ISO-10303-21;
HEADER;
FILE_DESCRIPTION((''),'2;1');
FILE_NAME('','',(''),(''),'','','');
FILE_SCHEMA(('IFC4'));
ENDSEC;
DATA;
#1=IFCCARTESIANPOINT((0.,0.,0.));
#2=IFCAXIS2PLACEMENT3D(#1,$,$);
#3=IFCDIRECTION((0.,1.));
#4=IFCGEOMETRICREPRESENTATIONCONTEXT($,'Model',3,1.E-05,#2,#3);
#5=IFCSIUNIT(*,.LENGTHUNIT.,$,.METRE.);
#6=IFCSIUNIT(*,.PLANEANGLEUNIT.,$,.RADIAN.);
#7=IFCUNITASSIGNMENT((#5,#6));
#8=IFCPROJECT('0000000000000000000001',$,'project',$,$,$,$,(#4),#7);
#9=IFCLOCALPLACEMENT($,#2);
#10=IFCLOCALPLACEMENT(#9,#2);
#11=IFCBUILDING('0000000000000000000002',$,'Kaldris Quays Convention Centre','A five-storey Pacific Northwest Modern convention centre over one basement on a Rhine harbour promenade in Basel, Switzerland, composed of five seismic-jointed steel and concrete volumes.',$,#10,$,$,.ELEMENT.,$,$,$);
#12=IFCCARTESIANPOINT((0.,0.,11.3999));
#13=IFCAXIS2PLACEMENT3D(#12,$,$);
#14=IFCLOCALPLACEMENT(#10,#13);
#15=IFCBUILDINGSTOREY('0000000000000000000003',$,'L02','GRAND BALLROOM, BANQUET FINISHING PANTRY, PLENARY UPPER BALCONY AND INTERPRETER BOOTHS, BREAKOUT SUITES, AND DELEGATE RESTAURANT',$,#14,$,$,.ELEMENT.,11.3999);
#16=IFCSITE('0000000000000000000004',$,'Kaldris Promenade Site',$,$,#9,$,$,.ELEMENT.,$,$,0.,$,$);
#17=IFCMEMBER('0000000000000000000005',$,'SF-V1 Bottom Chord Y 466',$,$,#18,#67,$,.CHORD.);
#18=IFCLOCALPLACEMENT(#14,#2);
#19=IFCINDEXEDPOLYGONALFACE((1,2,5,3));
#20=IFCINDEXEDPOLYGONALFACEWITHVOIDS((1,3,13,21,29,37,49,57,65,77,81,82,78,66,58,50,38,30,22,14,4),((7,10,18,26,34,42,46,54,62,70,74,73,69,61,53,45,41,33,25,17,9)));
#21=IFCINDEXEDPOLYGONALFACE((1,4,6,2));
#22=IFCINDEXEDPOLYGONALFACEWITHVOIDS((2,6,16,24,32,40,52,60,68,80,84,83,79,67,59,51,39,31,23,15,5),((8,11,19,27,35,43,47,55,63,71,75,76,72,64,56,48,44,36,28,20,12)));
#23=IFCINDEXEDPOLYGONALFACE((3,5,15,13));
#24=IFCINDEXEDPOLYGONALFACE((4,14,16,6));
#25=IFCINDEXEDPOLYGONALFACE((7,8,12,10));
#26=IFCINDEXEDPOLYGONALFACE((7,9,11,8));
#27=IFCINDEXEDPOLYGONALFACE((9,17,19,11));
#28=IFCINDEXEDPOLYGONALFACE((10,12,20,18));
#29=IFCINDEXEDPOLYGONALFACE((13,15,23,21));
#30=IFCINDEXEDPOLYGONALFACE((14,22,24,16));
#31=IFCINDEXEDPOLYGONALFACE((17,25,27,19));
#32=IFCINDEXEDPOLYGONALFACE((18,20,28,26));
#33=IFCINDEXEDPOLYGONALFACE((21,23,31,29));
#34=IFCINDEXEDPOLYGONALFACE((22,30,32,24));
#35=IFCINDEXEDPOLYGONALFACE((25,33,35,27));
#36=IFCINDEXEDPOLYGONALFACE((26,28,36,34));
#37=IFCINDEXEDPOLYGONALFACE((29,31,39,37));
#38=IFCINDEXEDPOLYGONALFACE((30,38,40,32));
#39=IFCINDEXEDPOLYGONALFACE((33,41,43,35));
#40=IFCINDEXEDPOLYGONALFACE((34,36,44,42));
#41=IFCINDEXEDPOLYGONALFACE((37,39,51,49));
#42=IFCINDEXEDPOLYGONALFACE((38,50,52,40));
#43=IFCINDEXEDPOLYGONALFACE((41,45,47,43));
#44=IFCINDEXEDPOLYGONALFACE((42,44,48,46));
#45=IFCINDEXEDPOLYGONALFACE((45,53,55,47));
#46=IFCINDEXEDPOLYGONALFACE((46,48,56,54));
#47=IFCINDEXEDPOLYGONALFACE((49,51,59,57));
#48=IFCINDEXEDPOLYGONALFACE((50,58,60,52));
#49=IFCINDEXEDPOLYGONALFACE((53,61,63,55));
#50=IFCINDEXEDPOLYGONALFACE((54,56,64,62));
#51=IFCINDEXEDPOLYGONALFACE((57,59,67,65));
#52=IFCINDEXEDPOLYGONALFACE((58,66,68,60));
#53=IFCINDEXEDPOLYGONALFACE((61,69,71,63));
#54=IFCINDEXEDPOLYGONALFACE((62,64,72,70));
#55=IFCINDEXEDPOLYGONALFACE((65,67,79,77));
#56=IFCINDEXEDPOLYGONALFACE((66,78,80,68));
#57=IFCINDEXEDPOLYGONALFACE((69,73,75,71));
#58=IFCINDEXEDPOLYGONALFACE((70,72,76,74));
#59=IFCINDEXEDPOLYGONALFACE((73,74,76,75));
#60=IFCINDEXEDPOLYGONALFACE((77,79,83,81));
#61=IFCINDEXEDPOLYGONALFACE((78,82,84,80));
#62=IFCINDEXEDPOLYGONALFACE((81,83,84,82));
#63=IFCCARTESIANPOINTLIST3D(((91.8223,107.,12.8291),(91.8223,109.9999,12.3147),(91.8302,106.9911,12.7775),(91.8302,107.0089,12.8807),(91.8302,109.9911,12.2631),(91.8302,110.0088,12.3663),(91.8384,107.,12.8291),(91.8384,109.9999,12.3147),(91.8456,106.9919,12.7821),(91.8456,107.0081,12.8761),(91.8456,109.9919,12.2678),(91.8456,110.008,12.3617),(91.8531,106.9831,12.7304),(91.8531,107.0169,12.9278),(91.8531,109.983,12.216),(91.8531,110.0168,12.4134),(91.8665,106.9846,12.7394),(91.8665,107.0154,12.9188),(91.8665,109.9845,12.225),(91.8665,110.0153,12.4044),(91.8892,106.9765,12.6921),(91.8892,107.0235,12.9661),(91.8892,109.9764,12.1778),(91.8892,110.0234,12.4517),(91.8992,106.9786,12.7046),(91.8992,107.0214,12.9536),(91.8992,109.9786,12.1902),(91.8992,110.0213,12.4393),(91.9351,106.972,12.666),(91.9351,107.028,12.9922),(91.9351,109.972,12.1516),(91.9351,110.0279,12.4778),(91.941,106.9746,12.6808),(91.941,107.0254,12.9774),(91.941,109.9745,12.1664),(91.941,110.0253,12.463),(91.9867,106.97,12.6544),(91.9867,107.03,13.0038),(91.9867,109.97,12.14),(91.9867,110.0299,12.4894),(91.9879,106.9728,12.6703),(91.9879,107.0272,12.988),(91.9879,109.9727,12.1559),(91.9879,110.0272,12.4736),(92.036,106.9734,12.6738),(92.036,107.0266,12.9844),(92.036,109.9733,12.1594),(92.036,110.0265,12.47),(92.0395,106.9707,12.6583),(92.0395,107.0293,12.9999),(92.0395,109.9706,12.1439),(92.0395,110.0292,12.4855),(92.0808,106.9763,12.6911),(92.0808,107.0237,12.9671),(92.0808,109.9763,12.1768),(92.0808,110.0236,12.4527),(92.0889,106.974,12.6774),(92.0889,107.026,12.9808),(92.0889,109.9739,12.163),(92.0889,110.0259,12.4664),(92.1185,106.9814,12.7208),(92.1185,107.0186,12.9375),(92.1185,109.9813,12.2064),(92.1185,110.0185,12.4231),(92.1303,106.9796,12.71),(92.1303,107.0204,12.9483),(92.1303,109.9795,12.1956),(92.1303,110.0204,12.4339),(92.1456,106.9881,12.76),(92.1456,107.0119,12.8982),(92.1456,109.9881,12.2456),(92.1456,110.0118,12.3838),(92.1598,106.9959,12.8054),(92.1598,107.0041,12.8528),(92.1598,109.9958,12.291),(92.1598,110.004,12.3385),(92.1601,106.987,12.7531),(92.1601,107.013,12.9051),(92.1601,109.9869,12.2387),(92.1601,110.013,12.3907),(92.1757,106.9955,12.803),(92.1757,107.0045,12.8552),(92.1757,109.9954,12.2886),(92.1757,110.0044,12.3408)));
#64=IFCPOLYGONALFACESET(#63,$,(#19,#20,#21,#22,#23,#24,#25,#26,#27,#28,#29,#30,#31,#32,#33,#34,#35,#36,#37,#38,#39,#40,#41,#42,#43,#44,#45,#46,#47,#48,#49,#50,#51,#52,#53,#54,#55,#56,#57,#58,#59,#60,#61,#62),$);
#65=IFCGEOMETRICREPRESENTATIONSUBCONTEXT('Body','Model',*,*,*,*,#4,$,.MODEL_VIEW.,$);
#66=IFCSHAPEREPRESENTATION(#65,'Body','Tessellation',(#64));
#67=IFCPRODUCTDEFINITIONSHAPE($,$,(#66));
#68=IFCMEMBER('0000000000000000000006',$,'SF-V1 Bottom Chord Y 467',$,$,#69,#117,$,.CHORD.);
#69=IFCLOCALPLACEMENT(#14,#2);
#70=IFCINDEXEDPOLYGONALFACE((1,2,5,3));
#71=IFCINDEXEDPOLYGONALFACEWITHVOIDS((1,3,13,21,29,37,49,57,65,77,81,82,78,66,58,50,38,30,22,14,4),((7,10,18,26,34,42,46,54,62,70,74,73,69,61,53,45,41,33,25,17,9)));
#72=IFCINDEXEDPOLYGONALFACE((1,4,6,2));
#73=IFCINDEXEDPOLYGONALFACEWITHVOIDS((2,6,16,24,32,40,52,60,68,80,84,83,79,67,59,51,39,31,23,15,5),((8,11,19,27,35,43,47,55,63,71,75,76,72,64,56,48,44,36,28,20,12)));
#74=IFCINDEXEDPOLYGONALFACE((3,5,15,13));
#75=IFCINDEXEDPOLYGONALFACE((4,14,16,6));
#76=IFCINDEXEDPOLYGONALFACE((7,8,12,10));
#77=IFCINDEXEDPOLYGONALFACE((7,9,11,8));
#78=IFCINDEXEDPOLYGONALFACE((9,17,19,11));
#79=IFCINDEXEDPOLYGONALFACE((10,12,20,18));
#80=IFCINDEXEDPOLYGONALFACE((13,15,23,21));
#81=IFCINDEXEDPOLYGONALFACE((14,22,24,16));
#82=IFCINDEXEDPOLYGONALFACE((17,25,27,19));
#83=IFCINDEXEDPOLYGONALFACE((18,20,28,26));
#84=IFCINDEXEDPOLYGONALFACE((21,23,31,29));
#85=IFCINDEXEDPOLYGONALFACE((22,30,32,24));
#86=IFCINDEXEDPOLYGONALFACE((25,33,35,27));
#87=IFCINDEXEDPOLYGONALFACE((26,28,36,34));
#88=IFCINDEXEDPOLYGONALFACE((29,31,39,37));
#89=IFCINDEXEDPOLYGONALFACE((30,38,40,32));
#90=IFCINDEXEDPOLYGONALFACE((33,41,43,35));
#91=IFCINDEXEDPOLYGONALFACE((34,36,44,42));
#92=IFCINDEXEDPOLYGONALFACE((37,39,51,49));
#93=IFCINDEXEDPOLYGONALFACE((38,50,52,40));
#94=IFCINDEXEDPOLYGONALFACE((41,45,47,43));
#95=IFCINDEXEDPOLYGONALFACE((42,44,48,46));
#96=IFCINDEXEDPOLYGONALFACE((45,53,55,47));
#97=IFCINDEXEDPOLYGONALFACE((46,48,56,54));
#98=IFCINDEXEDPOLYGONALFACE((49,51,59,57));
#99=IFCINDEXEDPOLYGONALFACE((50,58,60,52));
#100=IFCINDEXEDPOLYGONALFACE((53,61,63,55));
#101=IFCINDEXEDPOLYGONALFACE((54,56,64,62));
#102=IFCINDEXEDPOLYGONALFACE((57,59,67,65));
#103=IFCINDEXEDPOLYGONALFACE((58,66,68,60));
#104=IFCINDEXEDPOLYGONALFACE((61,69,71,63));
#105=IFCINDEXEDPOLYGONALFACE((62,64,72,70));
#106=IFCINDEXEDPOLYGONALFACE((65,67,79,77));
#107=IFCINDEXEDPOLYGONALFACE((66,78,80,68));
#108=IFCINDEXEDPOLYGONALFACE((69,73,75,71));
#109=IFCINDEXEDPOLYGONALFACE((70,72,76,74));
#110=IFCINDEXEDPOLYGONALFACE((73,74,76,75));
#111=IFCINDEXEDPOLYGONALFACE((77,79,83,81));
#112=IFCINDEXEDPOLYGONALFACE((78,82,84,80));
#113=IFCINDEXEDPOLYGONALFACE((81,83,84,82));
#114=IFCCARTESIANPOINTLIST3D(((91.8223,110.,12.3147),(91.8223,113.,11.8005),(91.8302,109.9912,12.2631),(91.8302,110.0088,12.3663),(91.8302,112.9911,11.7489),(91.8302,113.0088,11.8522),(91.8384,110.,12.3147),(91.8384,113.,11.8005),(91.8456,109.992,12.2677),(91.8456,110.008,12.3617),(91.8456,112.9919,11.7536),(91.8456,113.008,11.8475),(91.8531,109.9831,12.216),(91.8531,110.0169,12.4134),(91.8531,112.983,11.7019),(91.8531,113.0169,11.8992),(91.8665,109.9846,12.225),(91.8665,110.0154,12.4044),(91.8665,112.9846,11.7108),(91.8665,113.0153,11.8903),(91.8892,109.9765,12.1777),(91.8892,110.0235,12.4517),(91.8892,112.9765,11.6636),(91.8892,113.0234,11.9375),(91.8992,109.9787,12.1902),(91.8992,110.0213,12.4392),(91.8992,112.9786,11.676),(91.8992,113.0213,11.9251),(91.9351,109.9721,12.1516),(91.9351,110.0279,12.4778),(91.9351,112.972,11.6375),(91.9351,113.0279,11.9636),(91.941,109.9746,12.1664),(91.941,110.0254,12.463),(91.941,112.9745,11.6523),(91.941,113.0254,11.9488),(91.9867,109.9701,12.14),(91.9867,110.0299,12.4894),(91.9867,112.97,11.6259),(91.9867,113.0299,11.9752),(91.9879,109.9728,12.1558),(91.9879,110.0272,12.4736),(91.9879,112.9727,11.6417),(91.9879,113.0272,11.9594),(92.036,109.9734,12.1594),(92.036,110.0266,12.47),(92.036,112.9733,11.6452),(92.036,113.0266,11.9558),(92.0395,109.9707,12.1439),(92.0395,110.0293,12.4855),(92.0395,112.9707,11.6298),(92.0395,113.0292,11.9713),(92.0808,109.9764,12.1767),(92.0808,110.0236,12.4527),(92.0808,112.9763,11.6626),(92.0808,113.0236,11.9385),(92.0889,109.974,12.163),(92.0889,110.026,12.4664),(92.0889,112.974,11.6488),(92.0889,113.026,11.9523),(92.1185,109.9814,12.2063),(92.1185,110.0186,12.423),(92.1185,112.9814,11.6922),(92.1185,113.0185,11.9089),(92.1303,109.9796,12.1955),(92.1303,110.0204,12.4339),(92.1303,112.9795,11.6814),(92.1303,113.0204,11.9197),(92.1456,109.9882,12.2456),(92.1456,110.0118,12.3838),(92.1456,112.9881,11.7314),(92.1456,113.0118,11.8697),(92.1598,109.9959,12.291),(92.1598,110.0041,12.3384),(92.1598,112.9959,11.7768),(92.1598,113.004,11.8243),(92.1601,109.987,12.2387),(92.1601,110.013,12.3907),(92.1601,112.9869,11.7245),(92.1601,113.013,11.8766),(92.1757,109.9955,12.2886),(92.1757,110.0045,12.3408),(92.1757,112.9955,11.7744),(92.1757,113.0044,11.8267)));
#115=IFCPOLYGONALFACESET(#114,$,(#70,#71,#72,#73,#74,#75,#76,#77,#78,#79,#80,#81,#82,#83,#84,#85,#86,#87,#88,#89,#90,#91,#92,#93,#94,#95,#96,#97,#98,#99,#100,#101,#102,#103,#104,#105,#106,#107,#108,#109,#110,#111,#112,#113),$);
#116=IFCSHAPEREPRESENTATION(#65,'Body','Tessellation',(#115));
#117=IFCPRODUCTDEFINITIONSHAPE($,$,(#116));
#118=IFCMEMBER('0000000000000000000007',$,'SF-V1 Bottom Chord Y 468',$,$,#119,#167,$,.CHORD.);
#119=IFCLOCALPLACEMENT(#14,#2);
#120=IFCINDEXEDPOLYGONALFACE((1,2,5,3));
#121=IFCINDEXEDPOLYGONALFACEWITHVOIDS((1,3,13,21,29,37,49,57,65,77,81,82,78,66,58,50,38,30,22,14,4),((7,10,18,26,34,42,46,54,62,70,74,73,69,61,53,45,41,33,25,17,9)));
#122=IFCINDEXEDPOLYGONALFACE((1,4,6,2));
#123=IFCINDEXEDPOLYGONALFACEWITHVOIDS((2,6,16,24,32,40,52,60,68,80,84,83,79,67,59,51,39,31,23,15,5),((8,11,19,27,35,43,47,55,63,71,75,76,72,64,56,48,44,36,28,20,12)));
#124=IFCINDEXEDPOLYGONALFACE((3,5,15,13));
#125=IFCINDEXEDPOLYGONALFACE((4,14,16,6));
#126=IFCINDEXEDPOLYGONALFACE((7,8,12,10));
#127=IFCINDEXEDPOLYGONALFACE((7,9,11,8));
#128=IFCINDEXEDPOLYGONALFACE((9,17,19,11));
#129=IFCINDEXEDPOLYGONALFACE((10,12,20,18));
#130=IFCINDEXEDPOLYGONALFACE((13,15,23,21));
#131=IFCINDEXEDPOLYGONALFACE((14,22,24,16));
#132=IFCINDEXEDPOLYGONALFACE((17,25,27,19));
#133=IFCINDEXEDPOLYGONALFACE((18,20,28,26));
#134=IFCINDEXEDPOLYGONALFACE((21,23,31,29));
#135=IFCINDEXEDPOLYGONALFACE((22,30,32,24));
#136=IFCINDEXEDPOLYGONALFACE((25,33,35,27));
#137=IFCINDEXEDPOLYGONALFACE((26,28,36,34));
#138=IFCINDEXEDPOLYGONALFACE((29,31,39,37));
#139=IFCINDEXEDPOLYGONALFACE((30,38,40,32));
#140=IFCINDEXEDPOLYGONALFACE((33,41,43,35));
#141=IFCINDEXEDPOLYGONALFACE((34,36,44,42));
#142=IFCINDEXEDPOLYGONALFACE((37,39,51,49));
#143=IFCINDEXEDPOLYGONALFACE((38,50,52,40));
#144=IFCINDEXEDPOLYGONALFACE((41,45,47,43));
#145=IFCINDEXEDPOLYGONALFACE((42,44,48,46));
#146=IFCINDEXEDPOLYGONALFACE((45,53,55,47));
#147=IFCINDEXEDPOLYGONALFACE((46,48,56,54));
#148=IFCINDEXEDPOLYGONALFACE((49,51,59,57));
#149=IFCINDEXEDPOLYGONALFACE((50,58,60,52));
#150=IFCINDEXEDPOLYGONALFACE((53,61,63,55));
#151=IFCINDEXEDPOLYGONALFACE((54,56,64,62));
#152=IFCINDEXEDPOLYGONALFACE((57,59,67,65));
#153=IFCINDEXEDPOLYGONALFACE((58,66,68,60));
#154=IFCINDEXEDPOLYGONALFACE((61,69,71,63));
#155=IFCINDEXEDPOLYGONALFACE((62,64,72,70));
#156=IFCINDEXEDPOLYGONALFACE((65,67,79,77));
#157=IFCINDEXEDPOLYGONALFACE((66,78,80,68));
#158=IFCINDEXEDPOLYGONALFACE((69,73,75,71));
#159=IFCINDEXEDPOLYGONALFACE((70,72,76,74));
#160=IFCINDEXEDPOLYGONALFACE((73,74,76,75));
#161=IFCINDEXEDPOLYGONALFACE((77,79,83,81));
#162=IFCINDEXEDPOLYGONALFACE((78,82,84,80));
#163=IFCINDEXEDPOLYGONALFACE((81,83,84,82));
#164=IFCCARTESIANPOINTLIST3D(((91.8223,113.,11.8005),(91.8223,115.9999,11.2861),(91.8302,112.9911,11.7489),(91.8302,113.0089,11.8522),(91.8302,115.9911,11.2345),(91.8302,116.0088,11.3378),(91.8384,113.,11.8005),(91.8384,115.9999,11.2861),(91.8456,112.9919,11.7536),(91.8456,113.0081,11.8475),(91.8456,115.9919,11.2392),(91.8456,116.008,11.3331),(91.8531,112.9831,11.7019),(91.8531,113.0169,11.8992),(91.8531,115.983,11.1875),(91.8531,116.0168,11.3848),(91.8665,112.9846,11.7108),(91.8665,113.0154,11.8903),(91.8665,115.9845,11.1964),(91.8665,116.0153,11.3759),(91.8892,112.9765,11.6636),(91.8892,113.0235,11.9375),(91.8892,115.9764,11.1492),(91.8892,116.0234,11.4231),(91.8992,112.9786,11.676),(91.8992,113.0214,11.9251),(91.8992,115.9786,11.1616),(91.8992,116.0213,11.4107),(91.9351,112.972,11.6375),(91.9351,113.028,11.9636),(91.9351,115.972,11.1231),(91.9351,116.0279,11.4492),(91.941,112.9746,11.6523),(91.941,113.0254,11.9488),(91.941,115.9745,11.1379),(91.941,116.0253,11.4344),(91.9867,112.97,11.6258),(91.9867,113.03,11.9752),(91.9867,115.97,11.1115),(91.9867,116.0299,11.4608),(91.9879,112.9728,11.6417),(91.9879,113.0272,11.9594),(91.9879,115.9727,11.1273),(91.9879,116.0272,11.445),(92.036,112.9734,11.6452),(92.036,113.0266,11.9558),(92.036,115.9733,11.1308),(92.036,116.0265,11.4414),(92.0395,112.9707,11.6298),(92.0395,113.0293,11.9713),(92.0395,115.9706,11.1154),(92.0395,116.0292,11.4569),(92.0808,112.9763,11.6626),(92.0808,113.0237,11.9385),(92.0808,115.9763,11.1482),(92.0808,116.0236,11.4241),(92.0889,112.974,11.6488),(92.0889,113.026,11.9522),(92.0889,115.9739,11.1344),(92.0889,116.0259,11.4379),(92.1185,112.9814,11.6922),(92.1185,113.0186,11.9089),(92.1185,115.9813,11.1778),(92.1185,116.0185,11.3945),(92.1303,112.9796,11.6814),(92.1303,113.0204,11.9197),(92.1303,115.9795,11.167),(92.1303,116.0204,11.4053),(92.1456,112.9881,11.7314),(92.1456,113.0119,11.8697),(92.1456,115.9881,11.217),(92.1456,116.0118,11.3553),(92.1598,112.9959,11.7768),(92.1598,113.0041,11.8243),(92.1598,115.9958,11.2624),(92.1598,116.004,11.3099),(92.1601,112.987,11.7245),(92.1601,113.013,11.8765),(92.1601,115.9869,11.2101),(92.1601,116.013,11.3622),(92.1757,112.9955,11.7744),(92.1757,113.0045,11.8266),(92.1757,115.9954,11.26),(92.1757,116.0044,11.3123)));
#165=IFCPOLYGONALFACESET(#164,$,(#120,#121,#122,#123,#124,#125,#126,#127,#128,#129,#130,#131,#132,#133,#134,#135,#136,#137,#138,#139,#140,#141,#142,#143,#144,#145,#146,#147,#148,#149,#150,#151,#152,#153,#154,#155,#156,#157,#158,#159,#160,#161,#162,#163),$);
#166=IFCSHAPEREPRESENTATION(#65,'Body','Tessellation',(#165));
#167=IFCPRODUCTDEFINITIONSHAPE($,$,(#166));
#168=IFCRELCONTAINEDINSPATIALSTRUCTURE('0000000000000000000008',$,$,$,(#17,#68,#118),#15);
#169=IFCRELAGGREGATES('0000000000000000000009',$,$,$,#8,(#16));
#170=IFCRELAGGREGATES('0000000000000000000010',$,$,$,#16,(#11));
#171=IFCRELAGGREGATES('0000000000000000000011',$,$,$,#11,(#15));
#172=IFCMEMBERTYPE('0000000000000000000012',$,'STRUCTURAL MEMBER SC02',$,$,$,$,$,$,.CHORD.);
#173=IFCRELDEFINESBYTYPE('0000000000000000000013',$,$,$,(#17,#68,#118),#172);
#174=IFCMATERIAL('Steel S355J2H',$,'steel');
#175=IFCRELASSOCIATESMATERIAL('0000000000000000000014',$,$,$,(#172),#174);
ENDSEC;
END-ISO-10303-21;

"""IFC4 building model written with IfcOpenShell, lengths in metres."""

from ifc_helpers import new_model, si_unit, direction, frame, origin, origin_2d, place, context, subcontext, project, spatial, hollow_circle, extrude, material, material_profile, profile_set, type_object, element, save


model = new_model("IFC4")

# Units and contexts
model_context = context("Model", 3, precision=1e-05, world=origin(), true_north=direction((0.0, 1.0)))
body_context = subcontext(model_context, "Body", "Model", "MODEL_VIEW")
ifc_project = project(units=[si_unit("LENGTHUNIT", "METRE"), si_unit("PLANEANGLEUNIT", "RADIAN")], contexts=[model_context])

# Site, building, storey
site_placement = place(None, origin())
site = spatial("IfcSite", under=ifc_project, at=site_placement, Name="Kaldris Promenade Site", CompositionType="ELEMENT", RefElevation=0.0)
building_placement = place(site_placement, origin())
building = spatial("IfcBuilding", under=site, at=building_placement, Name="Kaldris Quays Convention Centre", Description="A five-storey Pacific Northwest Modern convention centre over one basement on a Rhine harbour promenade in Basel, Switzerland, composed of five seismic-jointed steel and concrete volumes.", CompositionType="ELEMENT")
storey_placement = place(building_placement, frame((0.0, 0.0, 11.3999)))
storey = spatial("IfcBuildingStorey", under=building, at=storey_placement, Name="L02", Description="GRAND BALLROOM, BANQUET FINISHING PANTRY, PLENARY UPPER BALCONY AND INTERPRETER BOOTHS, BREAKOUT SUITES, AND DELEGATE RESTAURANT", CompositionType="ELEMENT", Elevation=11.3999)

# Members
ifc_material = material(Name="Steel S355J2H", Category="steel")
ifc_material_profile_1 = material_profile(ifc_material, hollow_circle(Radius=0.1777, WallThickness=0.0161, at=origin_2d()), Name="CHS 355.6x16")
ifc_profile_set_1 = profile_set([ifc_material_profile_1], Name="Steel S355J2H")
member_type_1 = type_object("IfcMemberType", Name="STRUCTURAL MEMBER SC02", PredefinedType="CHORD", material=ifc_profile_set_1)
for number, where, z_axis, x_axis, name in (
    (1, (92.0, 107.0, 12.8291), (0.0, 0.985616, -0.169002), (-1.0, 0.0, 0.0), "SF-V1 Bottom Chord Y 466"),
    (2, (92.0, 110.0, 12.3147), (0.0, 0.985629, -0.168924), (-1.0, 0.0, 0.0), "SF-V1 Bottom Chord Y 467"),
    (3, (92.0, 113.0, 11.8005), (0.0, 0.985616, -0.169002), (-1.0, 0.0, 0.0), "SF-V1 Bottom Chord Y 468"),
):
    element("IfcMember", number, at=place(storey_placement, frame(where, z_axis=z_axis, x_axis=x_axis)), inside=storey, type_object=member_type_1, Name=name, PredefinedType="CHORD", context=body_context, shape_type="SweptSolid", body=[
        extrude(hollow_circle(Radius=0.1777, WallThickness=0.0161, at=origin_2d()), origin(), (0.0, 0.0, 1.0), 3.0437),
    ])

save(model, "model.ifc")
